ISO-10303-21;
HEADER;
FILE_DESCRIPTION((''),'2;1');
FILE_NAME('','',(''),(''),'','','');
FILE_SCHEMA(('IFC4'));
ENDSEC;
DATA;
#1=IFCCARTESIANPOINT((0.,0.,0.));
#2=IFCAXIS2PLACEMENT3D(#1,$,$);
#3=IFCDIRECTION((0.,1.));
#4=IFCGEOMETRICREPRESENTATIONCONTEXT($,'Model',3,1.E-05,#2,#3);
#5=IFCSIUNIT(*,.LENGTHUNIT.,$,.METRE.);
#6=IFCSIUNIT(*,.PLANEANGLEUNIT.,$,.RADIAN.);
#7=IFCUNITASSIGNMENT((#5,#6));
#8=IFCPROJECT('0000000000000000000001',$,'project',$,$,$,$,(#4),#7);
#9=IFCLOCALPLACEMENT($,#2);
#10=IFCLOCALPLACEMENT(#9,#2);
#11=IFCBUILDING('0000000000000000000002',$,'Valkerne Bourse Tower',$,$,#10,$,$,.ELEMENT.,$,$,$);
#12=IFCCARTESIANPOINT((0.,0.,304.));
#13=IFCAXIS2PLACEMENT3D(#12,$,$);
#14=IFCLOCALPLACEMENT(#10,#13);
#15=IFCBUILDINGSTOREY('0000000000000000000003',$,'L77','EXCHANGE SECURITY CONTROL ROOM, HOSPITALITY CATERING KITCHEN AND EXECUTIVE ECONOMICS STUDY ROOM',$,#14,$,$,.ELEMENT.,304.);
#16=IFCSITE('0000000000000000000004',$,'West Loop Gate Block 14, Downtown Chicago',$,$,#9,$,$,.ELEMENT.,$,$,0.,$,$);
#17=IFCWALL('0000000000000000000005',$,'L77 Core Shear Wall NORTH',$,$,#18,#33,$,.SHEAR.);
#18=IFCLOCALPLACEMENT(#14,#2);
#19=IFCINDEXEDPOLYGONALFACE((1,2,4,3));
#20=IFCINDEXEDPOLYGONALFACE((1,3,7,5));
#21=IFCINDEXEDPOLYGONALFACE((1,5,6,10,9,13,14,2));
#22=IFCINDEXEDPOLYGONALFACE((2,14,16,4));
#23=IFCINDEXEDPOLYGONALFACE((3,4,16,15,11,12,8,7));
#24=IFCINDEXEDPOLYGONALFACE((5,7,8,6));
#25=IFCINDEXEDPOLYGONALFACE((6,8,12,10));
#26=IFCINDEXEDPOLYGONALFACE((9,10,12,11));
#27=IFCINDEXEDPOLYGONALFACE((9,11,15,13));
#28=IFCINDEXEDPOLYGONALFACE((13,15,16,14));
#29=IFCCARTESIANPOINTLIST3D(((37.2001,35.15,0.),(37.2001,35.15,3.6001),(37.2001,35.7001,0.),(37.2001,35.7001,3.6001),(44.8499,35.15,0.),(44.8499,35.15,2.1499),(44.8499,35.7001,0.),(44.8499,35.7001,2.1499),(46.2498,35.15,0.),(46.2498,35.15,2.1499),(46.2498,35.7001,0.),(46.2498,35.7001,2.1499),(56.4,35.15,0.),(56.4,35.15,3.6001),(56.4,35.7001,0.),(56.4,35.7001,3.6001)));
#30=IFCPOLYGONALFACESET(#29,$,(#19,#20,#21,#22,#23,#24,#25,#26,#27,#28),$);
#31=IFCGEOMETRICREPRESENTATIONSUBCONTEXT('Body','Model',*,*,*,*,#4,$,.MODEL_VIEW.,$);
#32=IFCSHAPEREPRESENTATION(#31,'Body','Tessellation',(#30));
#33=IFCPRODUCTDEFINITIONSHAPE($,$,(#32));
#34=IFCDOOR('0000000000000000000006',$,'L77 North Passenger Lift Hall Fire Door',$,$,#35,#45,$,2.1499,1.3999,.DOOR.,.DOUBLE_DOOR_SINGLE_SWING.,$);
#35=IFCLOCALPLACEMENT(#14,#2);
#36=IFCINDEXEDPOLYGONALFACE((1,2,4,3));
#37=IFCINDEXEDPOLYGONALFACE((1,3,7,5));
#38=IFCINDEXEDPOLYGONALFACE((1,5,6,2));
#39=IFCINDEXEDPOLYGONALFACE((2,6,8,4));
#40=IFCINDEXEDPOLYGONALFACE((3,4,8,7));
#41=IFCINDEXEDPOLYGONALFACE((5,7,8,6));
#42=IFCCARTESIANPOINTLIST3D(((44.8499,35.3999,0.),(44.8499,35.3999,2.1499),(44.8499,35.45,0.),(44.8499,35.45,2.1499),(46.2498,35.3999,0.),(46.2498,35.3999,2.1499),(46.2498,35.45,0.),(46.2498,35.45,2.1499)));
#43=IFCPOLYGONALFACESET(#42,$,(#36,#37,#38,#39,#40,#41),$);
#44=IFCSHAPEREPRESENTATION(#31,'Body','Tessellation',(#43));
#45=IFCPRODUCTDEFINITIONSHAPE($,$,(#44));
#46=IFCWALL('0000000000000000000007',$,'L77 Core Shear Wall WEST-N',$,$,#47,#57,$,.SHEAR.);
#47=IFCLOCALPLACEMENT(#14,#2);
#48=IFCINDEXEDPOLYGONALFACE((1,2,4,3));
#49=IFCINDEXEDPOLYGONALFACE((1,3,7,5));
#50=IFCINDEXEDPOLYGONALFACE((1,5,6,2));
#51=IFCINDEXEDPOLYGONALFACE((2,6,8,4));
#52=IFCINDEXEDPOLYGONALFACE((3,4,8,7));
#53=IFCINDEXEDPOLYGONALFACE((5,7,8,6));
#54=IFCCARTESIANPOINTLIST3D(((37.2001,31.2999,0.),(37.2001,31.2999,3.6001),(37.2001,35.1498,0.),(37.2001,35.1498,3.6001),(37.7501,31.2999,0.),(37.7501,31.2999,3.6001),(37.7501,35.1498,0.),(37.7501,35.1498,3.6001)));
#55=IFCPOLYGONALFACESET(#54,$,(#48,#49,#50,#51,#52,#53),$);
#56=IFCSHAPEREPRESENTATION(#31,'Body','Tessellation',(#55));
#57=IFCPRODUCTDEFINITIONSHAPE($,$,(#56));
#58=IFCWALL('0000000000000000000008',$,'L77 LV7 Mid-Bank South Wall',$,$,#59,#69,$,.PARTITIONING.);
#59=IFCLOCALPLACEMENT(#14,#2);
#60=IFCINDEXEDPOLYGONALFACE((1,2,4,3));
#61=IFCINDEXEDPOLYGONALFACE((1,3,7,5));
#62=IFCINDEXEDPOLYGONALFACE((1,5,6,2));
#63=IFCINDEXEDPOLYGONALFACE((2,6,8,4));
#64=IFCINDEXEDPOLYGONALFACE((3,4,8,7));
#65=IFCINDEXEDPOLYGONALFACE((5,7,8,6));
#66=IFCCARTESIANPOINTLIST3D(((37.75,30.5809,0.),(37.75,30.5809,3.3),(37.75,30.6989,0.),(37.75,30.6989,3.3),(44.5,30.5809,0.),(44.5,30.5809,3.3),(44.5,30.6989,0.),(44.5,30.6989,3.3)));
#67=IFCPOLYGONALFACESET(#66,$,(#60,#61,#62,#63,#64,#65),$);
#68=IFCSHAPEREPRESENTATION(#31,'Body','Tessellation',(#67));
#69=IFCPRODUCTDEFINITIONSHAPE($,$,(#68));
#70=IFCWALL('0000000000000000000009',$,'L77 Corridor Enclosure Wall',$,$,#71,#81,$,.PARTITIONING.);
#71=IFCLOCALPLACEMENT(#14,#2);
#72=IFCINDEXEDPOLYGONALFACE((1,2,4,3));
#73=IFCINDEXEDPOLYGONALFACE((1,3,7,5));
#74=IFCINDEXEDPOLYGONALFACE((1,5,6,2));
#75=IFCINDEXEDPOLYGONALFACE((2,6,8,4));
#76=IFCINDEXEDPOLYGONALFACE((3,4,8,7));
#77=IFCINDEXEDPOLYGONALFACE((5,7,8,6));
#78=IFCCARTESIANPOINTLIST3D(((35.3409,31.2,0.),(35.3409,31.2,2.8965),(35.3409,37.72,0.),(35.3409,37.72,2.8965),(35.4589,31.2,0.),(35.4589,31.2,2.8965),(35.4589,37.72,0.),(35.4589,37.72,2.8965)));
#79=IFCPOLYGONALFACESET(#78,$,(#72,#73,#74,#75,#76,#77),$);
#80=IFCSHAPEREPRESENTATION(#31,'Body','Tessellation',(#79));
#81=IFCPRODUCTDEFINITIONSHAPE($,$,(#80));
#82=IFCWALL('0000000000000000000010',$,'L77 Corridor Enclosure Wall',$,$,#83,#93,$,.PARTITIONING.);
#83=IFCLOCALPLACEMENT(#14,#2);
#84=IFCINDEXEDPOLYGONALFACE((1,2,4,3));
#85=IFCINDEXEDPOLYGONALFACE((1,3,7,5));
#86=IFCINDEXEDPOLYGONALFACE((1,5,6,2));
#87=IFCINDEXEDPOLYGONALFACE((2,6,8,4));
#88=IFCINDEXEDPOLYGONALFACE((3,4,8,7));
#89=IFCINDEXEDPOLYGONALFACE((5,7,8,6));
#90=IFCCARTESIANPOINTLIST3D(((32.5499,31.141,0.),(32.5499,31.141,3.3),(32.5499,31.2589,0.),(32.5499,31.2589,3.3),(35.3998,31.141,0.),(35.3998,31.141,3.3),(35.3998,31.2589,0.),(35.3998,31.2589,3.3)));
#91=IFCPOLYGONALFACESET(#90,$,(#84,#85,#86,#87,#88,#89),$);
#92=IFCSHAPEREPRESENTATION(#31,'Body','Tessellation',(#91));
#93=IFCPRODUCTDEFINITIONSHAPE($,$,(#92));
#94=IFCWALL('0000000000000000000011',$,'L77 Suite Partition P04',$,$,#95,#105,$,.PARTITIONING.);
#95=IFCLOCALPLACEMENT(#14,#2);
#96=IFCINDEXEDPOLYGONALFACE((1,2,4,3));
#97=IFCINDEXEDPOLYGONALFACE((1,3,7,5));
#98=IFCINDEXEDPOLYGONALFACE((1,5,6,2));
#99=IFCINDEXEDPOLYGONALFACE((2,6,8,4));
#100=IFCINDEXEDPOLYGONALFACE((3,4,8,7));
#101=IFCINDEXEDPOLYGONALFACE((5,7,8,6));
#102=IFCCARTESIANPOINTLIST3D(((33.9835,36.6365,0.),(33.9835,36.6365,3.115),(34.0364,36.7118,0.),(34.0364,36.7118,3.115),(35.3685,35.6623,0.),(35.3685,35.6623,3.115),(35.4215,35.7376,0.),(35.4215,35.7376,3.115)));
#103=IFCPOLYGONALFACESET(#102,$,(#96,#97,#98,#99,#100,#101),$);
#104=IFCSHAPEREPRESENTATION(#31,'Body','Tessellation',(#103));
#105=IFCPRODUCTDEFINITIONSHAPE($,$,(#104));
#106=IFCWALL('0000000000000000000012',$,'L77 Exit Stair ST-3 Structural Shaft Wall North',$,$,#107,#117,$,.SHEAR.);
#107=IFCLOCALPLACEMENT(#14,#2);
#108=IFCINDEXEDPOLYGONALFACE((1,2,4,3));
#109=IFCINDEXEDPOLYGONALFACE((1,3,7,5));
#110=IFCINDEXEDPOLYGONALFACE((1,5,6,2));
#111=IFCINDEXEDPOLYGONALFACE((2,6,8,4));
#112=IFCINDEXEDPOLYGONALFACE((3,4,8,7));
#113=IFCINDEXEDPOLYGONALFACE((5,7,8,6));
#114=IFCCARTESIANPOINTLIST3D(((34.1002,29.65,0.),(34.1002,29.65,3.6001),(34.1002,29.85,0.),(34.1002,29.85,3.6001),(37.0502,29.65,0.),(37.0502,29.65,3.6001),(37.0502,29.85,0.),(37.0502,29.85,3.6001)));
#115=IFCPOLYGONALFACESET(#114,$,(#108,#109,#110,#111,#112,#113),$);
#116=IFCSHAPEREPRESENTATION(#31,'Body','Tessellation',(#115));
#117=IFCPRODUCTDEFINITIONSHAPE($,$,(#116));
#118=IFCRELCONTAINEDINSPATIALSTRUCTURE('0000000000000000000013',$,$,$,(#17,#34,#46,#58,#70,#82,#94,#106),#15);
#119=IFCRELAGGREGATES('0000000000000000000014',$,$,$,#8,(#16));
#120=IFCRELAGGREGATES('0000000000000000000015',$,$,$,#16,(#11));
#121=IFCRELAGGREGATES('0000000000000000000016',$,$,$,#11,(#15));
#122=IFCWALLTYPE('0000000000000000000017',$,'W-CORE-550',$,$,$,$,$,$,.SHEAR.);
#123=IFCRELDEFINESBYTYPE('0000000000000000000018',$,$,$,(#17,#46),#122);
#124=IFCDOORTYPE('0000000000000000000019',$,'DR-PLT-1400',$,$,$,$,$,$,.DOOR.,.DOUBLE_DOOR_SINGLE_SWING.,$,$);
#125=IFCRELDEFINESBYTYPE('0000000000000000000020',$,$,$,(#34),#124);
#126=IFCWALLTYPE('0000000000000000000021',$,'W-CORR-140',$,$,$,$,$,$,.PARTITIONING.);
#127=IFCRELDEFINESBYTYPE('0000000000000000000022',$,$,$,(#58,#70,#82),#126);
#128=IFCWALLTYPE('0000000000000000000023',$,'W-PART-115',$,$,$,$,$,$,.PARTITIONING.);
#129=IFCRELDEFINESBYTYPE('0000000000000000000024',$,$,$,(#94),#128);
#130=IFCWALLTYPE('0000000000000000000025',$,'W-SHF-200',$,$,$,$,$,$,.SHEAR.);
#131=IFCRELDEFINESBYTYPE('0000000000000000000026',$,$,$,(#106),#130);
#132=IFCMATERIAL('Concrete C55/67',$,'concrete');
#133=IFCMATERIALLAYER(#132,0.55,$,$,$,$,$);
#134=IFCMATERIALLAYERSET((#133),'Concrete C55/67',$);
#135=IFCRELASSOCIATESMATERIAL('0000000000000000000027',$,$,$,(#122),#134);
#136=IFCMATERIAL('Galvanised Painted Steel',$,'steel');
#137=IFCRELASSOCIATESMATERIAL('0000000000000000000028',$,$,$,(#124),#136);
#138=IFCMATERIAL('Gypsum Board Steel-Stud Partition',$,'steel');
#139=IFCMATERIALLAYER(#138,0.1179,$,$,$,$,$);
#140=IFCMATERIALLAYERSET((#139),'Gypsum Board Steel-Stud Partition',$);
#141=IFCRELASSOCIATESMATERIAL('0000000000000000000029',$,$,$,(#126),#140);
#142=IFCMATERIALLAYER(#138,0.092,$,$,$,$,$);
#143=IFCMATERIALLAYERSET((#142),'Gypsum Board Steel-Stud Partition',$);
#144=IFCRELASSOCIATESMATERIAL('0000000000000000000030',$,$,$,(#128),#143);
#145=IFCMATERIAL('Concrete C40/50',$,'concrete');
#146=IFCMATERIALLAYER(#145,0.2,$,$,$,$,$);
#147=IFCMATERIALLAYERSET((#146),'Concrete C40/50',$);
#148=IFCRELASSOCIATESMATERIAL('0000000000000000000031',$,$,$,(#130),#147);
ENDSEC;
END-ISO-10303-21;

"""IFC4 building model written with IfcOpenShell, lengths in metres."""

from ifc_helpers import new_model, si_unit, direction, frame, frame_2d, origin, place, context, subcontext, project, spatial, rectangle, extrude, material, layer, layer_set, type_object, element, fill, save


model = new_model("IFC4")

# Units and contexts
model_context = context("Model", 3, precision=1e-05, world=origin(), true_north=direction((0.0, 1.0)))
body_context = subcontext(model_context, "Body", "Model", "MODEL_VIEW")
ifc_project = project(units=[si_unit("LENGTHUNIT", "METRE"), si_unit("PLANEANGLEUNIT", "RADIAN")], contexts=[model_context])

# Site, building, storey
site_placement = place(None, origin())
site = spatial("IfcSite", under=ifc_project, at=site_placement, Name="West Loop Gate Block 14, Downtown Chicago", CompositionType="ELEMENT", RefElevation=0.0)
building_placement = place(site_placement, origin())
building = spatial("IfcBuilding", under=site, at=building_placement, Name="Valkerne Bourse Tower", CompositionType="ELEMENT")
storey_placement = place(building_placement, frame((0.0, 0.0, 304.0)))
storey = spatial("IfcBuildingStorey", under=building, at=storey_placement, Name="L77", Description="EXCHANGE SECURITY CONTROL ROOM, HOSPITALITY CATERING KITCHEN AND EXECUTIVE ECONOMICS STUDY ROOM", CompositionType="ELEMENT", Elevation=304.0)

# Wall, opening, door
ifc_material_1 = material(Name="Concrete C55/67", Category="concrete")
ifc_layer_1 = layer(ifc_material_1, 0.55)
ifc_layer_set_1 = layer_set([ifc_layer_1], Name="Concrete C55/67")
wall_type_1 = type_object("IfcWallType", Name="W-CORE-550", PredefinedType="SHEAR", material=ifc_layer_set_1)
wall_1_placement = place(storey_placement, frame((37.2, 35.425, 0.0), z_axis=(0.0, 0.0, 1.0), x_axis=(1.0, 0.0, 0.0)))
wall_1 = element("IfcWall", 1, at=wall_1_placement, inside=storey, type_object=wall_type_1, Name="L77 Core Shear Wall NORTH", PredefinedType="SHEAR", context=body_context, shape_type="SweptSolid", body=[
    extrude(rectangle(XDim=19.2, YDim=0.55, at=frame_2d((9.6001, 0.0))), origin(), (0.0, 0.0, 1.0), 3.6001),
])
opening_placement = place(wall_1_placement, frame((7.6499, 0.0, 0.0)))
opening = element("IfcOpeningElement", 2, at=opening_placement, cuts=wall_1, PredefinedType="OPENING", context=body_context, shape_type="SweptSolid", body=[
    extrude(rectangle(XDim=1.3999, YDim=2.1499, at=frame_2d((0.7, 1.075))), frame((0.0, 0.2849, 0.0), z_axis=(0.0, -1.0, 0.0), x_axis=(1.0, 0.0, 0.0)), (0.0, 0.0, 1.0), 0.5701),
])
ifc_material_2 = material(Name="Galvanised Painted Steel", Category="steel")
door_type = type_object("IfcDoorType", Name="DR-PLT-1400", OperationType="DOUBLE_DOOR_SINGLE_SWING", PredefinedType="DOOR", material=ifc_material_2)
door_placement = place(opening_placement, origin())
door = element("IfcDoor", 3, at=door_placement, inside=storey, type_object=door_type, Name="L77 North Passenger Lift Hall Fire Door", OperationType="DOUBLE_DOOR_SINGLE_SWING", OverallHeight=2.1499, OverallWidth=1.3999, PredefinedType="DOOR", context=body_context, shape_type="SweptSolid", body=[
    extrude(rectangle(XDim=1.3999, YDim=2.1499, at=frame_2d((0.7, 1.075))), frame((0.0, 0.0249, 0.0), z_axis=(0.0, -1.0, 0.0), x_axis=(1.0, 0.0, 0.0)), (0.0, 0.0, 1.0), 0.05),
])
fill(opening, door)

# Walls
wall_2_placement = place(storey_placement, frame((37.4751, 31.3, 0.0), z_axis=(0.0, 0.0, 1.0), x_axis=(0.0, 1.0, 0.0)))
element("IfcWall", 4, at=wall_2_placement, inside=storey, type_object=wall_type_1, Name="L77 Core Shear Wall WEST-N", PredefinedType="SHEAR", context=body_context, shape_type="SweptSolid", body=[
    extrude(rectangle(XDim=3.8499, YDim=0.55, at=frame_2d((1.9248, 0.0))), origin(), (0.0, 0.0, 1.0), 3.6001),
])
ifc_material_3 = material(Name="Gypsum Board Steel-Stud Partition", Category="steel")
ifc_layer_2 = layer(ifc_material_3, 0.1179)
ifc_layer_set_2 = layer_set([ifc_layer_2], Name="Gypsum Board Steel-Stud Partition")
wall_type_2 = type_object("IfcWallType", Name="W-CORR-140", PredefinedType="PARTITIONING", material=ifc_layer_set_2)
wall_3_placement = place(storey_placement, frame((37.75, 30.6399, 0.0), z_axis=(0.0, 0.0, 1.0), x_axis=(1.0, 0.0, 0.0)))
element("IfcWall", 5, at=wall_3_placement, inside=storey, type_object=wall_type_2, Name="L77 LV7 Mid-Bank South Wall", PredefinedType="PARTITIONING", context=body_context, shape_type="SweptSolid", body=[
    extrude(rectangle(XDim=6.75, YDim=0.1179, at=frame_2d((3.375, 0.0))), origin(), (0.0, 0.0, 1.0), 3.3),
])
wall_4_placement = place(storey_placement, frame((35.3999, 31.2, 0.0), z_axis=(0.0, 0.0, 1.0), x_axis=(0.0, 1.0, 0.0)))
element("IfcWall", 6, at=wall_4_placement, inside=storey, type_object=wall_type_2, Name="L77 Corridor Enclosure Wall", PredefinedType="PARTITIONING", context=body_context, shape_type="SweptSolid", body=[
    extrude(rectangle(XDim=6.52, YDim=0.1179, at=frame_2d((3.26, 0.0))), origin(), (0.0, 0.0, 1.0), 2.8965),
])
wall_5_placement = place(storey_placement, frame((32.55, 31.2, 0.0), z_axis=(0.0, 0.0, 1.0), x_axis=(1.0, 0.0, 0.0)))
element("IfcWall", 7, at=wall_5_placement, inside=storey, type_object=wall_type_2, Name="L77 Corridor Enclosure Wall", PredefinedType="PARTITIONING", context=body_context, shape_type="SweptSolid", body=[
    extrude(rectangle(XDim=2.8499, YDim=0.1179, at=frame_2d((1.4248, 0.0))), origin(), (0.0, 0.0, 1.0), 3.3),
])
ifc_layer_3 = layer(ifc_material_3, 0.092)
ifc_layer_set_3 = layer_set([ifc_layer_3], Name="Gypsum Board Steel-Stud Partition")
wall_type_3 = type_object("IfcWallType", Name="W-PART-115", PredefinedType="PARTITIONING", material=ifc_layer_set_3)
wall_6_placement = place(storey_placement, frame((35.395, 35.7, 0.0), z_axis=(0.0, 0.0, 1.0), x_axis=(-0.81795, 0.57529, 0.0)))
element("IfcWall", 8, at=wall_6_placement, inside=storey, type_object=wall_type_3, Name="L77 Suite Partition P04", PredefinedType="PARTITIONING", context=body_context, shape_type="SweptSolid", body=[
    extrude(rectangle(XDim=1.6934, YDim=0.092, at=frame_2d((0.8467, 0.0))), origin(), (0.0, 0.0, 1.0), 3.115),
])
ifc_material_4 = material(Name="Concrete C40/50", Category="concrete")
ifc_layer_4 = layer(ifc_material_4, 0.2)
ifc_layer_set_4 = layer_set([ifc_layer_4], Name="Concrete C40/50")
wall_type_4 = type_object("IfcWallType", Name="W-SHF-200", PredefinedType="SHEAR", material=ifc_layer_set_4)
wall_7_placement = place(storey_placement, frame((34.1001, 29.75, 0.0), z_axis=(0.0, 0.0, 1.0), x_axis=(1.0, 0.0, 0.0)))
element("IfcWall", 9, at=wall_7_placement, inside=storey, type_object=wall_type_4, Name="L77 Exit Stair ST-3 Structural Shaft Wall North", PredefinedType="SHEAR", context=body_context, shape_type="SweptSolid", body=[
    extrude(rectangle(XDim=2.95, YDim=0.2, at=frame_2d((1.4751, 0.0))), origin(), (0.0, 0.0, 1.0), 3.6001),
])

save(model, "model.ifc")
